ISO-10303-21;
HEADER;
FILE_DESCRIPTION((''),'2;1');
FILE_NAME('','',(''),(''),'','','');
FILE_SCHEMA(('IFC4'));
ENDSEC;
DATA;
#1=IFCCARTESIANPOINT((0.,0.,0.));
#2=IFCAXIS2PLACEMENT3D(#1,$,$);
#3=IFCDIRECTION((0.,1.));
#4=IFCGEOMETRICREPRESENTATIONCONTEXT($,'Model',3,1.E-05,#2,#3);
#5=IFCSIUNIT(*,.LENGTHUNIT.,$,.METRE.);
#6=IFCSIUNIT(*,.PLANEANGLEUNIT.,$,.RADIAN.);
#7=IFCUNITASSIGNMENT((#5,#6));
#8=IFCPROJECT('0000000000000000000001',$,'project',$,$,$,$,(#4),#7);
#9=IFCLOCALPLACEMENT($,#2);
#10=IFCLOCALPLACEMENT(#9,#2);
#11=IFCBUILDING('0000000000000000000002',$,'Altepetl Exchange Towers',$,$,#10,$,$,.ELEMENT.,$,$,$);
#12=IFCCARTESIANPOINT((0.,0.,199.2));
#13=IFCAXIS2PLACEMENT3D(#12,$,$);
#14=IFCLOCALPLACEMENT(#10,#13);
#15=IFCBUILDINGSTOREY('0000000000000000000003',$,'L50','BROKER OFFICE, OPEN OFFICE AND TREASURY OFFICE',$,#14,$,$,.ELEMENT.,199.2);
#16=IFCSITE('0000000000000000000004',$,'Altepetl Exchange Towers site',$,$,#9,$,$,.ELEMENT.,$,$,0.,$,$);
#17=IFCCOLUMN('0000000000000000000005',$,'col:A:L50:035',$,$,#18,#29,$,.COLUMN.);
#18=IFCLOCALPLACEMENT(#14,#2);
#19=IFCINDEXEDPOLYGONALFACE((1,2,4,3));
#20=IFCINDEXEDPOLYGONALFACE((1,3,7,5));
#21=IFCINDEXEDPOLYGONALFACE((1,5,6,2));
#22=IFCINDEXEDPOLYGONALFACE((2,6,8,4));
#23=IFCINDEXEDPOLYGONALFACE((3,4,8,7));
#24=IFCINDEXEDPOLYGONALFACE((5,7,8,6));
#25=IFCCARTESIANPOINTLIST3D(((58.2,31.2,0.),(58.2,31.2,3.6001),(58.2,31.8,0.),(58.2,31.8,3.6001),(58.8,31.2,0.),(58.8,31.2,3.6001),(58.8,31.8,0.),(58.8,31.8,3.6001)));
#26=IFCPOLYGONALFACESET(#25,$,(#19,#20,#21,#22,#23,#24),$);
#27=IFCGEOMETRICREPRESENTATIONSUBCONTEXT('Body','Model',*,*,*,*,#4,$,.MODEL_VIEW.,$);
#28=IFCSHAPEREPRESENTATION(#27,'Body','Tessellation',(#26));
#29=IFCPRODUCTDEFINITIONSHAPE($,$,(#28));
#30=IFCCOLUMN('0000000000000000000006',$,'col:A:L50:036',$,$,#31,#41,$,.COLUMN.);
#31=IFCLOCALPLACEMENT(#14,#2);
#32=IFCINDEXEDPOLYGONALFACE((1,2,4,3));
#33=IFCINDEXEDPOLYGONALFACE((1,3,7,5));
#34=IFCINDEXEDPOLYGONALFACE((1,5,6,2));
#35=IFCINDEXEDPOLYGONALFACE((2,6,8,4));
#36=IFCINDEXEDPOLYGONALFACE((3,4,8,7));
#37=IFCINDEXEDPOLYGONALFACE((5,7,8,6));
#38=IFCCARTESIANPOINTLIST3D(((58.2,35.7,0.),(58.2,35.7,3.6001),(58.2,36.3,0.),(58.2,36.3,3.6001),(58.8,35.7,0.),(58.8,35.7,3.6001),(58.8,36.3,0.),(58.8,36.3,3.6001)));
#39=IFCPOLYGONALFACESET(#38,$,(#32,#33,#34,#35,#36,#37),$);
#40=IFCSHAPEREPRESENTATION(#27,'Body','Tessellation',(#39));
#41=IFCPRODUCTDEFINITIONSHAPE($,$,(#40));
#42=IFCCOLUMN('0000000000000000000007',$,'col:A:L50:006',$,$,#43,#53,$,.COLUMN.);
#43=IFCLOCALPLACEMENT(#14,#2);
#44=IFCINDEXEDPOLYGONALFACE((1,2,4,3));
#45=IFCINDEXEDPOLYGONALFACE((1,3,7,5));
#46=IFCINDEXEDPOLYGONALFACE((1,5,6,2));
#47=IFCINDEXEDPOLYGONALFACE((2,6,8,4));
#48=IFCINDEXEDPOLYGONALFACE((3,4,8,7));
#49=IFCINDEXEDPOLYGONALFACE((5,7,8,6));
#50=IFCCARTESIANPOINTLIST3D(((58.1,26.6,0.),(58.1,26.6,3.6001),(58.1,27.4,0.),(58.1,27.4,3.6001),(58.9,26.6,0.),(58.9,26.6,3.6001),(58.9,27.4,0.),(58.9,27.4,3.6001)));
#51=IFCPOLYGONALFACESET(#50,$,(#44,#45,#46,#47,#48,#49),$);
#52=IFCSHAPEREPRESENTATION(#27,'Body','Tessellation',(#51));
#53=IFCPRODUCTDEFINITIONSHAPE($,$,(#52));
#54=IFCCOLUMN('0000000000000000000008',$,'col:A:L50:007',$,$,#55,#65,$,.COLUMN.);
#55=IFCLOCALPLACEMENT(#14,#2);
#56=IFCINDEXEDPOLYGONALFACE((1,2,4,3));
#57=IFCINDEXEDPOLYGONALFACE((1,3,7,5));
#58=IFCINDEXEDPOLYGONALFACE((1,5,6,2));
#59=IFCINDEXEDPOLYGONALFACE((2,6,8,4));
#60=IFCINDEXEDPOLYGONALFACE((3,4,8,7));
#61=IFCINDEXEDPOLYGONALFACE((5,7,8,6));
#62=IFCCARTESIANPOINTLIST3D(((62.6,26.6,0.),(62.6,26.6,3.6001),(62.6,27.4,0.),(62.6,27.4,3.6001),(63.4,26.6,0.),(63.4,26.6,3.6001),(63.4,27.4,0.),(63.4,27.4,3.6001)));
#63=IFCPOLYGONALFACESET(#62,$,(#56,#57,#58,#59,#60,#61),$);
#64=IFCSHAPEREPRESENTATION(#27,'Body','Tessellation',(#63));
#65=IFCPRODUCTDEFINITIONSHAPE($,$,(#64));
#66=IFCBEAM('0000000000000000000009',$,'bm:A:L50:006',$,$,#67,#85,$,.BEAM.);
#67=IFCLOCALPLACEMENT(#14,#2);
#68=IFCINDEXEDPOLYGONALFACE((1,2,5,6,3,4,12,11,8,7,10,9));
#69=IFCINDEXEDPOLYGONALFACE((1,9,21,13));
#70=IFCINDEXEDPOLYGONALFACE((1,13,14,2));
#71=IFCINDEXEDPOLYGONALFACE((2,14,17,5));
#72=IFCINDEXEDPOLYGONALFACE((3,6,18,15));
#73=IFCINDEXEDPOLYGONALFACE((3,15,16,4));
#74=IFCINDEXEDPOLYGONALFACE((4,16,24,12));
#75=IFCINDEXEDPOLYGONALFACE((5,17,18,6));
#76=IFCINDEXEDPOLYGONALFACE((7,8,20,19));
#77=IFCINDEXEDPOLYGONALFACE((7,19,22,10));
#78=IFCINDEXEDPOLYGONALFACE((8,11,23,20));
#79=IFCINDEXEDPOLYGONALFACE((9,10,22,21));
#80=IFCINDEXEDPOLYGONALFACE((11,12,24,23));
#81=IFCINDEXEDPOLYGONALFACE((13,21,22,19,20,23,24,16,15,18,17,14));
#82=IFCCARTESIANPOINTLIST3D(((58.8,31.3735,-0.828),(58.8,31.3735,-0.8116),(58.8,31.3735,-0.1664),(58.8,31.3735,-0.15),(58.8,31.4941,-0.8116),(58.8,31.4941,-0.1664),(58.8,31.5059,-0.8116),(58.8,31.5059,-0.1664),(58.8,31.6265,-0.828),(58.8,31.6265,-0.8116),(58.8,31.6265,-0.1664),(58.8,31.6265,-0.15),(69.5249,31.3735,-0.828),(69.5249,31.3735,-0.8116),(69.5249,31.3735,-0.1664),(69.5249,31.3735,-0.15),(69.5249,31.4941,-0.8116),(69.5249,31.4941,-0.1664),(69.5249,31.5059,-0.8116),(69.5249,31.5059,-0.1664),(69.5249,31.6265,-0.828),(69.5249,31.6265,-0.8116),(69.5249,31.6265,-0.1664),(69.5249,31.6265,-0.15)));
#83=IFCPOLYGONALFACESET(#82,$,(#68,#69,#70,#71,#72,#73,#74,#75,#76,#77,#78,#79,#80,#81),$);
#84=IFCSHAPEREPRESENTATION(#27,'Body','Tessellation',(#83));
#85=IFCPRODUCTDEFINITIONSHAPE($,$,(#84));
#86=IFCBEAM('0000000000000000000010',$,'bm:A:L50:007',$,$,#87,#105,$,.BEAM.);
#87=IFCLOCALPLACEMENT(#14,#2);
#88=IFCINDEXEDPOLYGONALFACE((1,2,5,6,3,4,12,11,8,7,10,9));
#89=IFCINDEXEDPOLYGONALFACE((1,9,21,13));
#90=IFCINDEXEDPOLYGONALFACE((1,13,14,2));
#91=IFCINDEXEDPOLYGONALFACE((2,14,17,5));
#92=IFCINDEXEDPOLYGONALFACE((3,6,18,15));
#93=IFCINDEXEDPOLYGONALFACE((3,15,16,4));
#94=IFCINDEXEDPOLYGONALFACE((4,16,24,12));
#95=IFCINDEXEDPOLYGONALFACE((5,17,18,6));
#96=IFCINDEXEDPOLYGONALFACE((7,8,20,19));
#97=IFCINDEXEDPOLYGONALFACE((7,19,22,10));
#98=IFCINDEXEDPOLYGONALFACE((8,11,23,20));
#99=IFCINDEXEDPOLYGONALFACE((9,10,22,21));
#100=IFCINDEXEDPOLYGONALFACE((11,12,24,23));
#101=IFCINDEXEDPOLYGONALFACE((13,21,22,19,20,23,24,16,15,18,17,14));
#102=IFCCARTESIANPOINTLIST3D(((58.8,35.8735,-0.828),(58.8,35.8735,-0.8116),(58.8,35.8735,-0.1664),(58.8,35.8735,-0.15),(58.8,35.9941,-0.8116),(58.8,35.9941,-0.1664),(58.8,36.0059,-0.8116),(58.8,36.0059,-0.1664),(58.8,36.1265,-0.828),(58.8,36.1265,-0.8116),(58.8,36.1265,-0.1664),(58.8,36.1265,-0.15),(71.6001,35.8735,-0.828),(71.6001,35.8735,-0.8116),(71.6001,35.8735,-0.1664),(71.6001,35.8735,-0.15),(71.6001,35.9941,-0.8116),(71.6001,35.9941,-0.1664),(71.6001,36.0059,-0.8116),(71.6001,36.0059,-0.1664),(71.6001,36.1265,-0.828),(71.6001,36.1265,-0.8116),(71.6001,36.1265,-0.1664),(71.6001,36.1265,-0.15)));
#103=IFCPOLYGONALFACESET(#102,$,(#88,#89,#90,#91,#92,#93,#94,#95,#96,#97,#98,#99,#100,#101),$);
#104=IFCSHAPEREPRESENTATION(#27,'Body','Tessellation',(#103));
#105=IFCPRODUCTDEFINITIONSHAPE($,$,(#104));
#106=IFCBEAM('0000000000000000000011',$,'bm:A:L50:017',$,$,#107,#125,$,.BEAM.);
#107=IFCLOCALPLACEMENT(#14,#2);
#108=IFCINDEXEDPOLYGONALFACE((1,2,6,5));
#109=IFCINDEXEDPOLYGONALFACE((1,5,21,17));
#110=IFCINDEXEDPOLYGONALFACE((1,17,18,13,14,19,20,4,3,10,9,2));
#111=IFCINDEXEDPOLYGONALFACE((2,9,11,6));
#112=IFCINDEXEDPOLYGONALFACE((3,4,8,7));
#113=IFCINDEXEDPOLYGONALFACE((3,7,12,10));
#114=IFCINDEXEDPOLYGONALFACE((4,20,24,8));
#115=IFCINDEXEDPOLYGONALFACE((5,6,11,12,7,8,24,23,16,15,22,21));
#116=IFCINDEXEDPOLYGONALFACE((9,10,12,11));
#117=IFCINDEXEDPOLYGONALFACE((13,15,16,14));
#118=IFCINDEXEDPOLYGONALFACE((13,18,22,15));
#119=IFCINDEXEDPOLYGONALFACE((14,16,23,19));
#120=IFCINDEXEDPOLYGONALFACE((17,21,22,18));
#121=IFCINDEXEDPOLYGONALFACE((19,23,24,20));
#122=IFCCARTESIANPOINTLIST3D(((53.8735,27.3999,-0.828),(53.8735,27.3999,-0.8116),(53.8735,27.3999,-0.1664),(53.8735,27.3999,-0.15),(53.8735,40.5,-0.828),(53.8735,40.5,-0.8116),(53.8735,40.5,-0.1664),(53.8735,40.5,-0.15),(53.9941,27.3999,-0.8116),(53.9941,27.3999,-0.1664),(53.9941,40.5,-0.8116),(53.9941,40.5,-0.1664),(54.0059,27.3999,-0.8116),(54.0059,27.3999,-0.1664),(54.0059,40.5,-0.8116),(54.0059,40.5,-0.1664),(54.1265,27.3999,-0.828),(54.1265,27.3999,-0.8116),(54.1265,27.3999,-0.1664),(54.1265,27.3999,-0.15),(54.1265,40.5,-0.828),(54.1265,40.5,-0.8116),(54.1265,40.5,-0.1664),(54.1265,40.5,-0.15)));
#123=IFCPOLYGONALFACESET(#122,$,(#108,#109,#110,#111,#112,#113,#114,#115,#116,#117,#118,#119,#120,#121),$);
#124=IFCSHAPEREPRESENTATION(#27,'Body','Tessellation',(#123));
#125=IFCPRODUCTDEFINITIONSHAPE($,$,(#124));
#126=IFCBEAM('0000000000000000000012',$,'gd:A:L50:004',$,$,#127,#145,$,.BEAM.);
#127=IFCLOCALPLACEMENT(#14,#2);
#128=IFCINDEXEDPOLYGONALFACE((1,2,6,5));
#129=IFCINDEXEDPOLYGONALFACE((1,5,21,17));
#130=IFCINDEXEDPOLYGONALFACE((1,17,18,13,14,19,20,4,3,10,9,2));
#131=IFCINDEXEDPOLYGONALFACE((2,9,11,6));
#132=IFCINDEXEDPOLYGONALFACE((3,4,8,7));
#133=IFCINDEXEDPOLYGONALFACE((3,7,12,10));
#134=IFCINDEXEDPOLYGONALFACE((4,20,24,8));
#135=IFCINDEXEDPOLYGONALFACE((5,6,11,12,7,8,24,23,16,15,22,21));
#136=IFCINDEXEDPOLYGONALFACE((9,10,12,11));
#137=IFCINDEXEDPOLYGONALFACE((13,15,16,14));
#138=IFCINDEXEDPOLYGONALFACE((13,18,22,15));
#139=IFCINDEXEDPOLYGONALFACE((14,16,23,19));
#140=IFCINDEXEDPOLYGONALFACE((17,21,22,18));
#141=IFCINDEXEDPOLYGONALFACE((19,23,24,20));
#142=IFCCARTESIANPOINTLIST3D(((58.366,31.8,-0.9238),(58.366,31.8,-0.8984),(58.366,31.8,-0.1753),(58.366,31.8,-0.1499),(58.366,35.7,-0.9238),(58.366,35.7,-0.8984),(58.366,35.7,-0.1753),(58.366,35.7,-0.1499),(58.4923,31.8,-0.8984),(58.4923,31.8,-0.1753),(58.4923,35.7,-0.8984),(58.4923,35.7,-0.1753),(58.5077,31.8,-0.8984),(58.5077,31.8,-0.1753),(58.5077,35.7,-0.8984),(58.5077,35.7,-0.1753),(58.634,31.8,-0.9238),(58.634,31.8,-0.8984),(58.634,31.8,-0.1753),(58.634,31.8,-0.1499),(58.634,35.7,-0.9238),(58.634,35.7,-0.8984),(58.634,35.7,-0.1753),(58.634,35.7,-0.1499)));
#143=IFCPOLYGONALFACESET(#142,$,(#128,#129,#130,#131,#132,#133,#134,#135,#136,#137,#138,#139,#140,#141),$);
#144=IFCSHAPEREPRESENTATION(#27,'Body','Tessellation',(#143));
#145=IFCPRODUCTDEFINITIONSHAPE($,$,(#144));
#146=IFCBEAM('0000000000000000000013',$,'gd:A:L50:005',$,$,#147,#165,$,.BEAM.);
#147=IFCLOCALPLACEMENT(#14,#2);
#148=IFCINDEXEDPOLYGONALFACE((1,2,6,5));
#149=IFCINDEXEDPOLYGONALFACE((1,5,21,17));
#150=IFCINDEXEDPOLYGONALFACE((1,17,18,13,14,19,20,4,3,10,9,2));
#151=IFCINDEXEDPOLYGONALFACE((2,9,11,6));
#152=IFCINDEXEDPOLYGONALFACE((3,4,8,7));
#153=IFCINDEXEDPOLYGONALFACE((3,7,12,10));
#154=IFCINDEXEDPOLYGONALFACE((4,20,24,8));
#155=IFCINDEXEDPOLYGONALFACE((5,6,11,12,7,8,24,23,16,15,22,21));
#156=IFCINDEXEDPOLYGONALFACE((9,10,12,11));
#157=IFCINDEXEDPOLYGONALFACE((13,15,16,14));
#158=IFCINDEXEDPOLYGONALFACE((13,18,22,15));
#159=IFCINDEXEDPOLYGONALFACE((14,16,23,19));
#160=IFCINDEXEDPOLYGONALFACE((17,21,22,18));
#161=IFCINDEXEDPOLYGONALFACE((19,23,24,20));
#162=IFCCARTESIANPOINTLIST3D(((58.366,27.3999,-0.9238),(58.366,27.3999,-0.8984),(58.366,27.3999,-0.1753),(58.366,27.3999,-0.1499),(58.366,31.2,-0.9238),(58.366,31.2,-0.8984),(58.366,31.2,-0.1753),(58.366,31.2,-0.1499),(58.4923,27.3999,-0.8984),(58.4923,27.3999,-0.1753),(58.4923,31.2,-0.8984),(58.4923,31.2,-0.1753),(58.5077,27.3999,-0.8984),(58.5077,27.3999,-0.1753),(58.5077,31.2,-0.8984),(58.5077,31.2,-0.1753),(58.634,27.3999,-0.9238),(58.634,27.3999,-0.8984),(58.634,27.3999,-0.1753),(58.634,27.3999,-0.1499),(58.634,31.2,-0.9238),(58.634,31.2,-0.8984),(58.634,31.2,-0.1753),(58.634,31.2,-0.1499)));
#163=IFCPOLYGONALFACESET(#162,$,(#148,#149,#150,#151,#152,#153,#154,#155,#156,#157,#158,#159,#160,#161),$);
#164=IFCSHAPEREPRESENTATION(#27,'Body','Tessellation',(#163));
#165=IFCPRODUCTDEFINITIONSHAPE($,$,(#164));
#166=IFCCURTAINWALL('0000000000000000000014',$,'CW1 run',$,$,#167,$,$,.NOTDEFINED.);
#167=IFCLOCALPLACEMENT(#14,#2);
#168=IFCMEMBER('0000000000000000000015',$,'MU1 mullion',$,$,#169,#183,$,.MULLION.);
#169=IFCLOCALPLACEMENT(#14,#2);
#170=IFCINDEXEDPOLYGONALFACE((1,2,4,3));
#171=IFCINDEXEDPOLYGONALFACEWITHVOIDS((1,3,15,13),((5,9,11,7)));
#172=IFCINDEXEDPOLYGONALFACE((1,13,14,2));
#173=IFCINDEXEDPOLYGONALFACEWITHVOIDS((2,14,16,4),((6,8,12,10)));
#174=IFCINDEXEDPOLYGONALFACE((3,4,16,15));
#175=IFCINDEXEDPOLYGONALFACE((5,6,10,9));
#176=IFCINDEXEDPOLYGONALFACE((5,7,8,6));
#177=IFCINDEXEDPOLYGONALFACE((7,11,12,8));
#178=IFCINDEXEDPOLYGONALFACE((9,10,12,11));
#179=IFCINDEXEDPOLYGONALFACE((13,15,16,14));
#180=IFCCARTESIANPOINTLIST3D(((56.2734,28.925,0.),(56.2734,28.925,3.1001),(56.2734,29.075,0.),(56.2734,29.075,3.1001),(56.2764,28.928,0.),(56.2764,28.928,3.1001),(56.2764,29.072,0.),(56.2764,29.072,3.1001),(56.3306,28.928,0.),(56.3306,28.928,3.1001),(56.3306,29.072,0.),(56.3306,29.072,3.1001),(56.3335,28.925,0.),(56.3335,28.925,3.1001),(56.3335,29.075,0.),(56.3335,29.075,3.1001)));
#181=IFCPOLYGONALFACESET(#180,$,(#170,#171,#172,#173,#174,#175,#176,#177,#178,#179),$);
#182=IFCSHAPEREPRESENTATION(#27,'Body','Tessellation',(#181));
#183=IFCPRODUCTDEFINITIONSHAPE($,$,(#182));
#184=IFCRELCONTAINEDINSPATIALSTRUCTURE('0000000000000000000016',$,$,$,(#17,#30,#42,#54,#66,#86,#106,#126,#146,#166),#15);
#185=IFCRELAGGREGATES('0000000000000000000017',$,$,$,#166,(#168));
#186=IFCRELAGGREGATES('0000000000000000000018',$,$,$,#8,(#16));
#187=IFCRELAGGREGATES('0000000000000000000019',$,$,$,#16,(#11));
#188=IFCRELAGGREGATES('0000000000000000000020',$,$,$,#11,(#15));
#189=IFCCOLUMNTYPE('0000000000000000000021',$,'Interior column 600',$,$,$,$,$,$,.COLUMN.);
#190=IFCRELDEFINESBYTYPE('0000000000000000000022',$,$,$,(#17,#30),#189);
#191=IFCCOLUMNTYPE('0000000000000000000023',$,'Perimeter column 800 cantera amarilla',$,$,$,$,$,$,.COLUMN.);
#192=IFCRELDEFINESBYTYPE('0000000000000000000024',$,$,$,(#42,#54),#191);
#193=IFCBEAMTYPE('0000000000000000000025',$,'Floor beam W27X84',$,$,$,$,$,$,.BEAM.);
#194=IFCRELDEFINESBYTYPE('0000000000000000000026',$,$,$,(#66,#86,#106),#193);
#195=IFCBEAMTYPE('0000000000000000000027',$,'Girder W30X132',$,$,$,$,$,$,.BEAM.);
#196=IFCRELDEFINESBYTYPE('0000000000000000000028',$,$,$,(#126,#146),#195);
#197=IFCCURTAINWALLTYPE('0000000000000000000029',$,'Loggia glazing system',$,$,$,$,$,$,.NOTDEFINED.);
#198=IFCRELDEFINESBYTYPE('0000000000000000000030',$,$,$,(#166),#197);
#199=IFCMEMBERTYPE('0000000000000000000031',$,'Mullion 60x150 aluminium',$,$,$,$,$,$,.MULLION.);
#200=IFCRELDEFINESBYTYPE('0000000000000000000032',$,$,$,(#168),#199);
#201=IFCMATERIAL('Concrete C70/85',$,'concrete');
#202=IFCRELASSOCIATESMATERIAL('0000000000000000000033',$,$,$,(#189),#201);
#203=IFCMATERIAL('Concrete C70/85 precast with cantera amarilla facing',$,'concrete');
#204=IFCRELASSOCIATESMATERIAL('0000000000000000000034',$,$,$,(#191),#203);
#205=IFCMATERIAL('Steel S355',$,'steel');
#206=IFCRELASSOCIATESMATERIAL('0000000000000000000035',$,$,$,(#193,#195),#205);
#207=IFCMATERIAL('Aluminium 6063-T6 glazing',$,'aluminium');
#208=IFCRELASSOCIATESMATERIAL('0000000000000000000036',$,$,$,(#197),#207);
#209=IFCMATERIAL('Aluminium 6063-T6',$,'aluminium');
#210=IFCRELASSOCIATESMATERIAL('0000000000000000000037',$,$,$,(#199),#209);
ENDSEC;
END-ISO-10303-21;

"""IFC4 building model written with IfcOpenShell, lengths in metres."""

from ifc_helpers import new_model, si_unit, direction, frame, origin, origin_2d, place, context, subcontext, project, spatial, rectangle, hollow_rectangle, i_section, extrude, material, material_profile, profile_set, type_object, element, aggregate, save


model = new_model("IFC4")

# Units and contexts
model_context = context("Model", 3, precision=1e-05, world=origin(), true_north=direction((0.0, 1.0)))
body_context = subcontext(model_context, "Body", "Model", "MODEL_VIEW")
ifc_project = project(units=[si_unit("LENGTHUNIT", "METRE"), si_unit("PLANEANGLEUNIT", "RADIAN")], contexts=[model_context])

# Site, building, storey
site_placement = place(None, origin())
site = spatial("IfcSite", under=ifc_project, at=site_placement, Name="Altepetl Exchange Towers site", CompositionType="ELEMENT", RefElevation=0.0)
building_placement = place(site_placement, origin())
building = spatial("IfcBuilding", under=site, at=building_placement, Name="Altepetl Exchange Towers", CompositionType="ELEMENT")
storey_placement = place(building_placement, frame((0.0, 0.0, 199.2)))
storey = spatial("IfcBuildingStorey", under=building, at=storey_placement, Name="L50", Description="BROKER OFFICE, OPEN OFFICE AND TREASURY OFFICE", CompositionType="ELEMENT", Elevation=199.2)

# Columns
ifc_material_1 = material(Name="Concrete C70/85", Category="concrete")
ifc_material_profile_1 = material_profile(ifc_material_1, rectangle(XDim=0.6001, YDim=0.6001, at=origin_2d()), Name="600 x 600")
ifc_profile_set_1 = profile_set([ifc_material_profile_1], Name="Concrete C70/85")
column_type_1 = type_object("IfcColumnType", Name="Interior column 600", PredefinedType="COLUMN", material=ifc_profile_set_1)
for number, where, name in (
    (1, (58.5, 31.5, 0.0), "col:A:L50:035"),
    (2, (58.5, 36.0, 0.0), "col:A:L50:036"),
):
    element("IfcColumn", number, at=place(storey_placement, frame(where)), inside=storey, type_object=column_type_1, Name=name, PredefinedType="COLUMN", context=body_context, shape_type="SweptSolid", body=[
        extrude(rectangle(XDim=0.6001, YDim=0.6001, at=origin_2d()), origin(), (0.0, 0.0, 1.0), 3.6001),
    ])
ifc_material_2 = material(Name="Concrete C70/85 precast with cantera amarilla facing", Category="concrete")
ifc_material_profile_2 = material_profile(ifc_material_2, rectangle(XDim=0.8, YDim=0.8, at=origin_2d()), Name="800 x 800")
ifc_profile_set_2 = profile_set([ifc_material_profile_2], Name="Concrete C70/85 precast with cantera amarilla facing")
column_type_2 = type_object("IfcColumnType", Name="Perimeter column 800 cantera amarilla", PredefinedType="COLUMN", material=ifc_profile_set_2)
for number, where, name in (
    (3, (58.5, 27.0, 0.0), "col:A:L50:006"),
    (4, (63.0, 27.0, 0.0), "col:A:L50:007"),
):
    element("IfcColumn", number, at=place(storey_placement, frame(where)), inside=storey, type_object=column_type_2, Name=name, PredefinedType="COLUMN", context=body_context, shape_type="SweptSolid", body=[
        extrude(rectangle(XDim=0.8, YDim=0.8, at=origin_2d()), origin(), (0.0, 0.0, 1.0), 3.6001),
    ])

# Beams
ifc_material_3 = material(Name="Steel S355", Category="steel")
ifc_material_profile_3 = material_profile(ifc_material_3, i_section(OverallWidth=0.2529, OverallDepth=0.678, WebThickness=0.0117, FlangeThickness=0.0164, at=origin_2d()), Name="W27X84")
ifc_profile_set_3 = profile_set([ifc_material_profile_3], Name="Steel S355")
beam_type_1 = type_object("IfcBeamType", Name="Floor beam W27X84", PredefinedType="BEAM", material=ifc_profile_set_3)
beam_1_placement = place(storey_placement, frame((58.8, 31.5, -0.489), z_axis=(1.0, 0.0, 0.0), x_axis=(0.0, 1.0, 0.0)))
element("IfcBeam", 5, at=beam_1_placement, inside=storey, type_object=beam_type_1, Name="bm:A:L50:006", PredefinedType="BEAM", context=body_context, shape_type="SweptSolid", body=[
    extrude(i_section(OverallWidth=0.2529, OverallDepth=0.678, WebThickness=0.0117, FlangeThickness=0.0164, at=origin_2d()), origin(), (0.0, 0.0, 1.0), 10.7249),
])
beam_2_placement = place(storey_placement, frame((58.8, 36.0, -0.489), z_axis=(1.0, 0.0, 0.0), x_axis=(0.0, 1.0, 0.0)))
element("IfcBeam", 6, at=beam_2_placement, inside=storey, type_object=beam_type_1, Name="bm:A:L50:007", PredefinedType="BEAM", context=body_context, shape_type="SweptSolid", body=[
    extrude(i_section(OverallWidth=0.2529, OverallDepth=0.678, WebThickness=0.0117, FlangeThickness=0.0164, at=origin_2d()), origin(), (0.0, 0.0, 1.0), 12.8),
])
beam_3_placement = place(storey_placement, frame((54.0, 27.3999, -0.489), z_axis=(0.0, 1.0, 0.0), x_axis=(-1.0, 0.0, 0.0)))
element("IfcBeam", 7, at=beam_3_placement, inside=storey, type_object=beam_type_1, Name="bm:A:L50:017", PredefinedType="BEAM", context=body_context, shape_type="SweptSolid", body=[
    extrude(i_section(OverallWidth=0.2529, OverallDepth=0.678, WebThickness=0.0117, FlangeThickness=0.0164, at=origin_2d()), origin(), (0.0, 0.0, 1.0), 13.1001),
])
ifc_material_profile_4 = material_profile(ifc_material_3, i_section(OverallWidth=0.2681, OverallDepth=0.7739, WebThickness=0.0154, FlangeThickness=0.0254, at=origin_2d()), Name="W30X132")
ifc_profile_set_4 = profile_set([ifc_material_profile_4], Name="Steel S355")
beam_type_2 = type_object("IfcBeamType", Name="Girder W30X132", PredefinedType="BEAM", material=ifc_profile_set_4)
beam_4_placement = place(storey_placement, frame((58.5, 35.7, -0.5369), z_axis=(0.0, -1.0, 0.0), x_axis=(1.0, 0.0, 0.0)))
element("IfcBeam", 8, at=beam_4_placement, inside=storey, type_object=beam_type_2, Name="gd:A:L50:004", PredefinedType="BEAM", context=body_context, shape_type="SweptSolid", body=[
    extrude(i_section(OverallWidth=0.2681, OverallDepth=0.7739, WebThickness=0.0154, FlangeThickness=0.0254, at=origin_2d()), origin(), (0.0, 0.0, 1.0), 3.8999),
])
beam_5_placement = place(storey_placement, frame((58.5, 31.2, -0.5369), z_axis=(0.0, -1.0, 0.0), x_axis=(1.0, 0.0, 0.0)))
element("IfcBeam", 9, at=beam_5_placement, inside=storey, type_object=beam_type_2, Name="gd:A:L50:005", PredefinedType="BEAM", context=body_context, shape_type="SweptSolid", body=[
    extrude(i_section(OverallWidth=0.2681, OverallDepth=0.7739, WebThickness=0.0154, FlangeThickness=0.0254, at=origin_2d()), origin(), (0.0, 0.0, 1.0), 3.8),
])

# Curtain wall, member
ifc_material_4 = material(Name="Aluminium 6063-T6 glazing", Category="aluminium")
curtain_wall_type = type_object("IfcCurtainWallType", Name="Loggia glazing system", PredefinedType="NOTDEFINED", material=ifc_material_4)
curtain_wall_1_placement = place(storey_placement, origin())
curtain_wall_1 = element("IfcCurtainWall", 10, at=curtain_wall_1_placement, inside=storey, type_object=curtain_wall_type, Name="CW1 run", PredefinedType="NOTDEFINED")
ifc_material_5 = material(Name="Aluminium 6063-T6", Category="aluminium")
ifc_material_profile_5 = material_profile(ifc_material_5, hollow_rectangle(XDim=0.0601, YDim=0.1499, WallThickness=0.0029, at=origin_2d()), Name="Mullion 60x150 aluminium")
ifc_profile_set_5 = profile_set([ifc_material_profile_5], Name="Aluminium 6063-T6")
member_type = type_object("IfcMemberType", Name="Mullion 60x150 aluminium", PredefinedType="MULLION", material=ifc_profile_set_5)
member_1_placement = place(storey_placement, frame((56.3035, 29.0, 0.0)))
member_1 = element("IfcMember", 11, at=member_1_placement, type_object=member_type, Name="MU1 mullion", PredefinedType="MULLION", context=body_context, shape_type="SweptSolid", body=[
    extrude(hollow_rectangle(XDim=0.0601, YDim=0.1499, WallThickness=0.0029, at=origin_2d()), origin(), (0.0, 0.0, 1.0), 3.1001),
])

aggregate(curtain_wall_1, [member_1])

save(model, "model.ifc")
